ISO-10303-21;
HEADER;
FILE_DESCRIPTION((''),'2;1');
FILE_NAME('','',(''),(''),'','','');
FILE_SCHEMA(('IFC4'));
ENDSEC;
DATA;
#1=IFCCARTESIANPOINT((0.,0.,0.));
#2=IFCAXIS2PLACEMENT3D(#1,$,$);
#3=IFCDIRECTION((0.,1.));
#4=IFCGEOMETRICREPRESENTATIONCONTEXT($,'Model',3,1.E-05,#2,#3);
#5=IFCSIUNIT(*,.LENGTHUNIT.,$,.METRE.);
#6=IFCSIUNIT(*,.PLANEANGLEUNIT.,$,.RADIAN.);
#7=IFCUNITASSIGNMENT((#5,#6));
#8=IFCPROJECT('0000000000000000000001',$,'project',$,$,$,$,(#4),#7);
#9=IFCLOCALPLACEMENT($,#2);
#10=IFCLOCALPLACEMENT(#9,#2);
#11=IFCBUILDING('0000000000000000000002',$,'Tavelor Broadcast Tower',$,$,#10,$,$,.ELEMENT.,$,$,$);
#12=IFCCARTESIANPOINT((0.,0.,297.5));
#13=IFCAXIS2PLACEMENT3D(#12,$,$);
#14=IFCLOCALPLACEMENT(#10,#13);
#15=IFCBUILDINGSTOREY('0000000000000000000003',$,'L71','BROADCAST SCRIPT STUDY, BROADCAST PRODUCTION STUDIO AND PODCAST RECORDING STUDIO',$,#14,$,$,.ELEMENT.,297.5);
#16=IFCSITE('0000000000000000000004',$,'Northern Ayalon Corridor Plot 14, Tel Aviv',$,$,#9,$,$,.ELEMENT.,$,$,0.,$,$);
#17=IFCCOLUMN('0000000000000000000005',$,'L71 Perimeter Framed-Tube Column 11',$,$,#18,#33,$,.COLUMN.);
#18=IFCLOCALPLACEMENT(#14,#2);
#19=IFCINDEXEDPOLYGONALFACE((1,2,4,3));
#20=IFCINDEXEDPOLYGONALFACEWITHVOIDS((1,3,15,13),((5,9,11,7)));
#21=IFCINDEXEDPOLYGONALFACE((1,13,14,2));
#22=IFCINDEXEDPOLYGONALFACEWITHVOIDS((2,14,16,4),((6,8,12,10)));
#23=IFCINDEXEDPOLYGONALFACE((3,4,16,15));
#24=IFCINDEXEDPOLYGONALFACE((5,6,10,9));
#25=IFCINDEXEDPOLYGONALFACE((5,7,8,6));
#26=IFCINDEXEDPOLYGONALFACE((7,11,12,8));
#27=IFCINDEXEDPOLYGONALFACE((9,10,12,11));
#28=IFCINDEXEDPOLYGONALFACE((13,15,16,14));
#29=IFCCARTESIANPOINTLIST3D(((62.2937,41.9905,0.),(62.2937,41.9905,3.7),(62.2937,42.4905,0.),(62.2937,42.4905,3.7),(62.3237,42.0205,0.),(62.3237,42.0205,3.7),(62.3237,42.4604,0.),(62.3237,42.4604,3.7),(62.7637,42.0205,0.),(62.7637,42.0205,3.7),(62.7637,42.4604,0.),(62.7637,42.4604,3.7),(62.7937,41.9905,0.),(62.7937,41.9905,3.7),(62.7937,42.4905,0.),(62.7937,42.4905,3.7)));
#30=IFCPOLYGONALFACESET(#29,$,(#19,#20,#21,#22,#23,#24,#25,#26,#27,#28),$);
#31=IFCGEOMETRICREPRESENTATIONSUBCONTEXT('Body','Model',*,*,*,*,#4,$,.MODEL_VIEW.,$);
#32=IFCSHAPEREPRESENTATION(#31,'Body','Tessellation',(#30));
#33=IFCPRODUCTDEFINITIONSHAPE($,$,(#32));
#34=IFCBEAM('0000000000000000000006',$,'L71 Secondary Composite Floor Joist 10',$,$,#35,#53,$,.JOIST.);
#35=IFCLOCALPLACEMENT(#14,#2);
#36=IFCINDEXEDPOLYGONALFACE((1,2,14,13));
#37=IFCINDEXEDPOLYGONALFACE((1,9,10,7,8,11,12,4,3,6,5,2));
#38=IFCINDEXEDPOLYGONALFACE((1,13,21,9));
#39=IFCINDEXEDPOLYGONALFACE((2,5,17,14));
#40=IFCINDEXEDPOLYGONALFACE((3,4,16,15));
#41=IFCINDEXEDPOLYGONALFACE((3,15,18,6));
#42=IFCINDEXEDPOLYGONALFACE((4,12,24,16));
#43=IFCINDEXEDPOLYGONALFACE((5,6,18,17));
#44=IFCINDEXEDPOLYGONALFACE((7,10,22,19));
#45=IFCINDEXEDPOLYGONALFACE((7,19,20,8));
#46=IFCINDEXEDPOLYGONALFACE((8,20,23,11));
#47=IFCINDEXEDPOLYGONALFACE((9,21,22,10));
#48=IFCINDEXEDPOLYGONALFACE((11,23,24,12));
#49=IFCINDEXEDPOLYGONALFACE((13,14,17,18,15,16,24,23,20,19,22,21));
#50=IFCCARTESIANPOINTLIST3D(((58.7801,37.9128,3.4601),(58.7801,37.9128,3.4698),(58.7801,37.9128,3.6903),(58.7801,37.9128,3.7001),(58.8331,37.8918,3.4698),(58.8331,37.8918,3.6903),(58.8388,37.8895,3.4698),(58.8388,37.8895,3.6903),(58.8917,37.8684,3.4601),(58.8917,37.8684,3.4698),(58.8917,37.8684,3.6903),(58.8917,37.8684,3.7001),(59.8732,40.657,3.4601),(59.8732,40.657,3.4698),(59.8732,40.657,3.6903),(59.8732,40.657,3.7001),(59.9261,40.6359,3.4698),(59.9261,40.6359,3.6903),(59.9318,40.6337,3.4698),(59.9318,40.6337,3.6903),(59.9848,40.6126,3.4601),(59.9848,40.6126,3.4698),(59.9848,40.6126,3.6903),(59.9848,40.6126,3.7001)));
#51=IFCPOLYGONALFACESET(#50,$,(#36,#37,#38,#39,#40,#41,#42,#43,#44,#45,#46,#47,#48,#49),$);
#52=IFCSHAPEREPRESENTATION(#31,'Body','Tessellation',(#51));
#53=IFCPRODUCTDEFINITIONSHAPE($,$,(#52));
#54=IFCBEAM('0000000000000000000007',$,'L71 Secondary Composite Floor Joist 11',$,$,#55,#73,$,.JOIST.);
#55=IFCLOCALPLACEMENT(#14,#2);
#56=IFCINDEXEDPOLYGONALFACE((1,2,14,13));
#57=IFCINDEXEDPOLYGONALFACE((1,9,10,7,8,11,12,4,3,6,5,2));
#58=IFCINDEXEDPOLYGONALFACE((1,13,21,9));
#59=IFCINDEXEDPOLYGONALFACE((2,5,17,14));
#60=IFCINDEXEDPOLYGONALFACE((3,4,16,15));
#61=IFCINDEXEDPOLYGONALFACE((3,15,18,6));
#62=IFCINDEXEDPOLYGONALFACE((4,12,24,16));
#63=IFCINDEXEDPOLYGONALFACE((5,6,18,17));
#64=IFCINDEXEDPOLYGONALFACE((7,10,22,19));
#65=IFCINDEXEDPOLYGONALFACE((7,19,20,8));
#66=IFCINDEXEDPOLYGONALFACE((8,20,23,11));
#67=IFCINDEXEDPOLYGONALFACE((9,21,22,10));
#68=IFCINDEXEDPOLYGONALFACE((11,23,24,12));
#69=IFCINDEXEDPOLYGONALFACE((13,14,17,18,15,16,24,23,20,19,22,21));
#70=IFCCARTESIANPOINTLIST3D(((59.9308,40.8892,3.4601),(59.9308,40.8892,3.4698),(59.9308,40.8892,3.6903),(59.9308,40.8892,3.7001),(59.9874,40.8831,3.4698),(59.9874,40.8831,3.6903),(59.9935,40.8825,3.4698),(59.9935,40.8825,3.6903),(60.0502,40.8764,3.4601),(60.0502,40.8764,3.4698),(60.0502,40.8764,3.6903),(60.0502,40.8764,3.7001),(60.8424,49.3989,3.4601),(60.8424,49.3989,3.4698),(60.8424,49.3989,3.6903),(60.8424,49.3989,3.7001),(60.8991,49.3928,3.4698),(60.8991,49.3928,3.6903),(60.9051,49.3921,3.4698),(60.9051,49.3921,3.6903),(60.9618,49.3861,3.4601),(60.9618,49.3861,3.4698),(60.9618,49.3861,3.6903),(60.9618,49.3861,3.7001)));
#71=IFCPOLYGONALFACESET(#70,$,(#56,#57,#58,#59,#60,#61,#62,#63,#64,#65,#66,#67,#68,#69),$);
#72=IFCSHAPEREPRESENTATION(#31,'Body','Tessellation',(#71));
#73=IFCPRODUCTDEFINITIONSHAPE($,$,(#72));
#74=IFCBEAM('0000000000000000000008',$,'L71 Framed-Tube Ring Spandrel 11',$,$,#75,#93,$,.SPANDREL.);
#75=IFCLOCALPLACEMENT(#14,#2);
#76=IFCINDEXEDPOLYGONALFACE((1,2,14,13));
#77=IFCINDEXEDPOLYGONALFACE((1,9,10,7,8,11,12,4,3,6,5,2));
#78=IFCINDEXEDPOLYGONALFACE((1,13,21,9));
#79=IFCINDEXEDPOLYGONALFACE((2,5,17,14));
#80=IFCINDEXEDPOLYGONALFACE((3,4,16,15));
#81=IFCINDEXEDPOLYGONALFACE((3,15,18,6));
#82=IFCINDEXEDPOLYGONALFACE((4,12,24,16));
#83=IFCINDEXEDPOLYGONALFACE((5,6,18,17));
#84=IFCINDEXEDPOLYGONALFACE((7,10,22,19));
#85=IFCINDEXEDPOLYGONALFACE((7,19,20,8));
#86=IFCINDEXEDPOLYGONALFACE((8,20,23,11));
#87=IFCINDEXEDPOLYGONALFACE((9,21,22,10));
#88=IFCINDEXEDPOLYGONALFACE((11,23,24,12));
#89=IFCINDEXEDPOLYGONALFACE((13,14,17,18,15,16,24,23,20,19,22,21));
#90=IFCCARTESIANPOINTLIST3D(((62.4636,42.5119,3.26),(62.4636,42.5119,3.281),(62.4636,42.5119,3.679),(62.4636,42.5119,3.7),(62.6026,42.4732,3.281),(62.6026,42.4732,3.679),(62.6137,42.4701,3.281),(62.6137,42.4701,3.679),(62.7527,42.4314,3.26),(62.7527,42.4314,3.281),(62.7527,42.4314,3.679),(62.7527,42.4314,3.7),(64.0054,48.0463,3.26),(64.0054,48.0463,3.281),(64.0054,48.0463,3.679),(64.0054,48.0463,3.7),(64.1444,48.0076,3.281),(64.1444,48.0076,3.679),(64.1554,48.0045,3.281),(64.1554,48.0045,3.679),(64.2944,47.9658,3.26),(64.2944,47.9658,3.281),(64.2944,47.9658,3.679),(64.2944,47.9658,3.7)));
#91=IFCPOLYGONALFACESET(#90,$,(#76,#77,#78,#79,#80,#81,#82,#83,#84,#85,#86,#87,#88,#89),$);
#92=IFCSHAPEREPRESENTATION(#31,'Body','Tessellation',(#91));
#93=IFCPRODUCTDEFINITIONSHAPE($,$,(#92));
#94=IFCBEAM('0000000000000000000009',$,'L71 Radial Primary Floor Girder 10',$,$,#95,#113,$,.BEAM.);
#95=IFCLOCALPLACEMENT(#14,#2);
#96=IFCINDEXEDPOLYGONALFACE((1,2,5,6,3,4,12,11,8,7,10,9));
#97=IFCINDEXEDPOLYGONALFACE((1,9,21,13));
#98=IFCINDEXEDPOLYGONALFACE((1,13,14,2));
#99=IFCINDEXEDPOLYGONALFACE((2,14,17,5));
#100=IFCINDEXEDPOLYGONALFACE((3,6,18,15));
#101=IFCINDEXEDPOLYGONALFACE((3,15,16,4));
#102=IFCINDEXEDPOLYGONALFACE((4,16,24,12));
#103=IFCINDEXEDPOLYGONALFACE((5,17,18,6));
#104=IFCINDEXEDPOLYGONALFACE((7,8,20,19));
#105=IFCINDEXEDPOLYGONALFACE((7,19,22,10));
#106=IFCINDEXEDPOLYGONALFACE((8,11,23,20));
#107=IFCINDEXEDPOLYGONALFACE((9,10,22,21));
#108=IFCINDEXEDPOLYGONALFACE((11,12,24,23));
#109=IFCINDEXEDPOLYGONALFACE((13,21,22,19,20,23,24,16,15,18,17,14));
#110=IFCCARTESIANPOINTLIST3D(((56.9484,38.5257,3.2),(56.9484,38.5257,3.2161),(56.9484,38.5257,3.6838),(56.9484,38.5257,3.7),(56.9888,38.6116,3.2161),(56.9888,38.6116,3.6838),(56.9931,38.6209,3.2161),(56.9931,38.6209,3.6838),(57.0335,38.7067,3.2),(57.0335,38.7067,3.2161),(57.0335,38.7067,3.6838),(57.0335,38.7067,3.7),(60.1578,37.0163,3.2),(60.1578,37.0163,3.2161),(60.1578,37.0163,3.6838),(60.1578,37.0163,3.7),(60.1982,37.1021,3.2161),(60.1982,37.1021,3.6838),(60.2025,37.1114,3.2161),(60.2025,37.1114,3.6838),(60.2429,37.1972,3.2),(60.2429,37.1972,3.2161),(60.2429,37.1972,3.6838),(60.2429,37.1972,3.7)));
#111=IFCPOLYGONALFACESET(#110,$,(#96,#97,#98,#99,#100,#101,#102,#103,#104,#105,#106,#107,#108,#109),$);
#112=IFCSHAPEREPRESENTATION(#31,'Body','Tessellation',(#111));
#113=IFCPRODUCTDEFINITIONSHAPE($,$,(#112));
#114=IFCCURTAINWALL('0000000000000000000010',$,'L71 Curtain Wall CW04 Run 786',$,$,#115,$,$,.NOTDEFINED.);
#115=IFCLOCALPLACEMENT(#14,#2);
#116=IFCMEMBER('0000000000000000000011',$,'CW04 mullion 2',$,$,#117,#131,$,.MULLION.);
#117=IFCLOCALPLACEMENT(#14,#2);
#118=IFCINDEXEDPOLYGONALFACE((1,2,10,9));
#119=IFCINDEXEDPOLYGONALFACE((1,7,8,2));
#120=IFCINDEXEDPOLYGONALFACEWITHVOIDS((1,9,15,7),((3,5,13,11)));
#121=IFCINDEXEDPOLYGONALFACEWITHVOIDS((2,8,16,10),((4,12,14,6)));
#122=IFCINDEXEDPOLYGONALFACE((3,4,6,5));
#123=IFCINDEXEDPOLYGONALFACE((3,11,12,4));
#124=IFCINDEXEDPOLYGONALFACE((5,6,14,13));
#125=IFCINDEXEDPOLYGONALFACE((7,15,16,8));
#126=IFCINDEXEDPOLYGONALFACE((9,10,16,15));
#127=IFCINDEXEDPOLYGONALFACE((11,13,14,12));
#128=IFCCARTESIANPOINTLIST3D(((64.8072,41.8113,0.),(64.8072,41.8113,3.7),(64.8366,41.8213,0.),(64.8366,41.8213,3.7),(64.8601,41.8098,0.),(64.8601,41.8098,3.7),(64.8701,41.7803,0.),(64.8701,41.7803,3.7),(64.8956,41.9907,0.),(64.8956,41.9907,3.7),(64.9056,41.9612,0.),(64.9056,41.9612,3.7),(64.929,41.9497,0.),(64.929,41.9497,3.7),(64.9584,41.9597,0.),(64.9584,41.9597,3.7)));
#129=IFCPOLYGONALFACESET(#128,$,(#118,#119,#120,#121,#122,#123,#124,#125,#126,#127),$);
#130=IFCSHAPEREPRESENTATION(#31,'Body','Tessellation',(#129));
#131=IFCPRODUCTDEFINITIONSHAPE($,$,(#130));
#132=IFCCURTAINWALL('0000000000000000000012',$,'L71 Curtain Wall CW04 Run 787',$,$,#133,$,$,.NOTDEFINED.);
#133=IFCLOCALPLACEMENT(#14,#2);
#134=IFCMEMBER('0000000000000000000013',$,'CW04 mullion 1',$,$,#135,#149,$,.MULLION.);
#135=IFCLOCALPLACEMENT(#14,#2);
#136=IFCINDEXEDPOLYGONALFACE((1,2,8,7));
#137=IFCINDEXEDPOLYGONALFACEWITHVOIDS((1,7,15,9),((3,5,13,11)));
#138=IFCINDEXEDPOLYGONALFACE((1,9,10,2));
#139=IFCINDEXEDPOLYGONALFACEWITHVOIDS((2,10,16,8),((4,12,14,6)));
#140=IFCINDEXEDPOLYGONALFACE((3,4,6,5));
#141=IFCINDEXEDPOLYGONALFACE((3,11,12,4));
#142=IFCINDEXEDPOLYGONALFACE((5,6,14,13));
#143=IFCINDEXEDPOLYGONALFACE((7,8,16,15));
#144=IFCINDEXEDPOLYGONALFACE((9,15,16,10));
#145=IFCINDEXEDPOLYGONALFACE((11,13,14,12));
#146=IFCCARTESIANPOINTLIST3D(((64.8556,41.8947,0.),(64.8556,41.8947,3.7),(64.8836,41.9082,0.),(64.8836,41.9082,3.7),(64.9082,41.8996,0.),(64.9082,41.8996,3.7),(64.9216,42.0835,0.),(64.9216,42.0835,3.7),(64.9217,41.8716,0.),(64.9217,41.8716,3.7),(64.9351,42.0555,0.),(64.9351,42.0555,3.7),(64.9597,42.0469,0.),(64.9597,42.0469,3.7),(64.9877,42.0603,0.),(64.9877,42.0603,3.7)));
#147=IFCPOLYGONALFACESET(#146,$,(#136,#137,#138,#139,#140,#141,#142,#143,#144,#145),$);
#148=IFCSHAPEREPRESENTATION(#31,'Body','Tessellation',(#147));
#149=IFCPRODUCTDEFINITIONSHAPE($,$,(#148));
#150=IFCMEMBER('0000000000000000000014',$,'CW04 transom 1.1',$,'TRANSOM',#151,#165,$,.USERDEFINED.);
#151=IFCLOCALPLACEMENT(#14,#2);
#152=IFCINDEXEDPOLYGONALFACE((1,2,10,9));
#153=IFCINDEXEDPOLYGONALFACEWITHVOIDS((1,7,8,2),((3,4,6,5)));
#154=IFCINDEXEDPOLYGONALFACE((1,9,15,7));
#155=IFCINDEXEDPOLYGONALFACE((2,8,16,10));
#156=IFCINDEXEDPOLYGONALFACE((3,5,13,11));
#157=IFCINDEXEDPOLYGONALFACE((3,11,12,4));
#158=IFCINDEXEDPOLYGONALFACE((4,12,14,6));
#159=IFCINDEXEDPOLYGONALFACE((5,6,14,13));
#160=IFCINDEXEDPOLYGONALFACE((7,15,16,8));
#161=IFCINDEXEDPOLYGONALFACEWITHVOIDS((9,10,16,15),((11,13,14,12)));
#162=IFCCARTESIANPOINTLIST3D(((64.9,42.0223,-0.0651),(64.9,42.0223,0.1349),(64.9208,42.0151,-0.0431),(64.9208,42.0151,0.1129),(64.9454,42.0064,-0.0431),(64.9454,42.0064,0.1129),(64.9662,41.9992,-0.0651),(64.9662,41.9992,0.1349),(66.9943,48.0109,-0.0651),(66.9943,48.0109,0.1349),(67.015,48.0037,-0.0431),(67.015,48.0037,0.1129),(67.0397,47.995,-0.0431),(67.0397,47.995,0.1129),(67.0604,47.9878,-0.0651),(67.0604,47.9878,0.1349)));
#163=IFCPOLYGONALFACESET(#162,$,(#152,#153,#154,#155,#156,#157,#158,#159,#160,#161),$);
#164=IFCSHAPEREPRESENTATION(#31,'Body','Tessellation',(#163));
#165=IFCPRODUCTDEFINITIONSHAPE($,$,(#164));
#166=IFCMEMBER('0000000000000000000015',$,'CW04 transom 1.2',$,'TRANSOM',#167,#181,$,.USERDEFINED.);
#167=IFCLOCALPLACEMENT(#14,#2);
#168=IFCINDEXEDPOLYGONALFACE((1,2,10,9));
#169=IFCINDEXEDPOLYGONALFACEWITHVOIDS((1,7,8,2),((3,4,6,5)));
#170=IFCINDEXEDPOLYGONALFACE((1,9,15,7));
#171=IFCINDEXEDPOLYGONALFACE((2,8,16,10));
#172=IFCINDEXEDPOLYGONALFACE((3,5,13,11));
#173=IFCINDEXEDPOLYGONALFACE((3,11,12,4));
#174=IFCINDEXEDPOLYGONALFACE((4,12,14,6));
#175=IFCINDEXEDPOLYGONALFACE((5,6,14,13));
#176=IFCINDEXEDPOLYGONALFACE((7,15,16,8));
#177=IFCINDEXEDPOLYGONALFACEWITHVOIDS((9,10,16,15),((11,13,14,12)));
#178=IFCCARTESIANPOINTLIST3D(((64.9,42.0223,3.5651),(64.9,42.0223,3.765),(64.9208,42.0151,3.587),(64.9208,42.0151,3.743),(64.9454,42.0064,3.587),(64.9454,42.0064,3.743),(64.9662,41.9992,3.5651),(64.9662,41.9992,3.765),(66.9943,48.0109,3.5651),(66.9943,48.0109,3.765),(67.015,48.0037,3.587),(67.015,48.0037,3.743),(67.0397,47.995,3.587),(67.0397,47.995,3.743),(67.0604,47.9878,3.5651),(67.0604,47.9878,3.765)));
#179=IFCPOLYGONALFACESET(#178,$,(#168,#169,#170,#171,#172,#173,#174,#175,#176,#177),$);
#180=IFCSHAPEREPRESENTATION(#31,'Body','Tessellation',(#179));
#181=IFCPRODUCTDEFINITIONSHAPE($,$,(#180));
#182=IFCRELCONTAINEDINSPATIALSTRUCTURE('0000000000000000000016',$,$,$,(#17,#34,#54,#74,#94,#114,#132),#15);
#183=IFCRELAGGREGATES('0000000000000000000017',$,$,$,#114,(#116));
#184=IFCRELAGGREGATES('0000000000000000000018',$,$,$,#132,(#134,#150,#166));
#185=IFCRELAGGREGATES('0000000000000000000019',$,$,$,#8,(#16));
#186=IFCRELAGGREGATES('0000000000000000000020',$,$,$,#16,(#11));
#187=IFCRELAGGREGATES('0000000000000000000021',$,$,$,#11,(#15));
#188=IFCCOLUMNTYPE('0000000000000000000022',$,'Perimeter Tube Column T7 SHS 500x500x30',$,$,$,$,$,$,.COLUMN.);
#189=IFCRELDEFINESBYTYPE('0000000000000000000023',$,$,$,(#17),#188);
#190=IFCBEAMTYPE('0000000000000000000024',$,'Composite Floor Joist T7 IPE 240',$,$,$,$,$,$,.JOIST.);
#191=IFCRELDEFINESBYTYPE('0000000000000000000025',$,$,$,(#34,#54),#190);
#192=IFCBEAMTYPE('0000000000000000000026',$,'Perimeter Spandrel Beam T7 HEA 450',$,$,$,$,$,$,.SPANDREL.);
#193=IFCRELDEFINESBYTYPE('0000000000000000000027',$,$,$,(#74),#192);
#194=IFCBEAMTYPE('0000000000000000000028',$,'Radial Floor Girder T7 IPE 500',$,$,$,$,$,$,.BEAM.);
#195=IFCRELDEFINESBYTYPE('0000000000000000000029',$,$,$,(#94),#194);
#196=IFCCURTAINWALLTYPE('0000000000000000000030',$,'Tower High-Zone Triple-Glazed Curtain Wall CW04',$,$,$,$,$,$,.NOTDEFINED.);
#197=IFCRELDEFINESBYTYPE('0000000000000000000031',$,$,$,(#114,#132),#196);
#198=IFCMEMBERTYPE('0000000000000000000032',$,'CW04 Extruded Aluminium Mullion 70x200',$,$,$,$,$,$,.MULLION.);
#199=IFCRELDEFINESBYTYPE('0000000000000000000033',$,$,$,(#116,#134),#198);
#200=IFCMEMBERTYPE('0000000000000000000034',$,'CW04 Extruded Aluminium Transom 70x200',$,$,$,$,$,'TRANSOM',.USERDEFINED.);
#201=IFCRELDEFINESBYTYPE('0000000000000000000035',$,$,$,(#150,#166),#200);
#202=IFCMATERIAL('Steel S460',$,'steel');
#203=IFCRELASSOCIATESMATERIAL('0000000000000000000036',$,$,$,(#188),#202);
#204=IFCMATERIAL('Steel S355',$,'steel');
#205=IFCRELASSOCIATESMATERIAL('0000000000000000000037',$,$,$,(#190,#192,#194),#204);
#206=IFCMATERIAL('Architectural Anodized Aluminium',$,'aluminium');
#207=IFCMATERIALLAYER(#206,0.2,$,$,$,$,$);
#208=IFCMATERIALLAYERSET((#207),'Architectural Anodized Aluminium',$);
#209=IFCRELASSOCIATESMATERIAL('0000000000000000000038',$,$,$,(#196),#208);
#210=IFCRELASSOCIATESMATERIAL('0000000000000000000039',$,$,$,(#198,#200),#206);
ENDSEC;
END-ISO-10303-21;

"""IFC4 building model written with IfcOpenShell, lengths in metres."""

from ifc_helpers import new_model, si_unit, direction, frame, origin, origin_2d, place, context, subcontext, project, spatial, hollow_rectangle, i_section, extrude, source, transform, mapped, material, layer, layer_set, material_profile, profile_set, type_object, type_shapes, element, aggregate, save


model = new_model("IFC4")

# Units and contexts
model_context = context("Model", 3, precision=1e-05, world=origin(), true_north=direction((0.0, 1.0)))
body_context = subcontext(model_context, "Body", "Model", "MODEL_VIEW")
ifc_project = project(units=[si_unit("LENGTHUNIT", "METRE"), si_unit("PLANEANGLEUNIT", "RADIAN")], contexts=[model_context])

# Site, building, storey
site_placement = place(None, origin())
site = spatial("IfcSite", under=ifc_project, at=site_placement, Name="Northern Ayalon Corridor Plot 14, Tel Aviv", CompositionType="ELEMENT", RefElevation=0.0)
building_placement = place(site_placement, origin())
building = spatial("IfcBuilding", under=site, at=building_placement, Name="Tavelor Broadcast Tower", CompositionType="ELEMENT")
storey_placement = place(building_placement, frame((0.0, 0.0, 297.5)))
storey = spatial("IfcBuildingStorey", under=building, at=storey_placement, Name="L71", Description="BROADCAST SCRIPT STUDY, BROADCAST PRODUCTION STUDIO AND PODCAST RECORDING STUDIO", CompositionType="ELEMENT", Elevation=297.5)

# Column
ifc_material_1 = material(Name="Steel S460", Category="steel")
ifc_material_profile_1 = material_profile(ifc_material_1, hollow_rectangle(XDim=0.5, YDim=0.5, WallThickness=0.03, at=origin_2d()), Name="SHS 500x500x30")
ifc_profile_set_1 = profile_set([ifc_material_profile_1], Name="Steel S460")
column_type = type_object("IfcColumnType", Name="Perimeter Tube Column T7 SHS 500x500x30", PredefinedType="COLUMN", material=ifc_profile_set_1)
column_placement = place(storey_placement, frame((62.5437, 42.2405, 0.0), z_axis=(0.0, 0.0, 1.0), x_axis=(1.0, 0.0, 0.0)))
element("IfcColumn", 1, at=column_placement, inside=storey, type_object=column_type, Name="L71 Perimeter Framed-Tube Column 11", PredefinedType="COLUMN", context=body_context, shape_type="SweptSolid", body=[
    extrude(hollow_rectangle(XDim=0.5, YDim=0.5, WallThickness=0.03, at=origin_2d()), origin(), (0.0, 0.0, 1.0), 3.7),
])

# Beams
ifc_material_2 = material(Name="Steel S355", Category="steel")
ifc_material_profile_2 = material_profile(ifc_material_2, i_section(OverallWidth=0.1201, OverallDepth=0.24, WebThickness=0.0061, FlangeThickness=0.0098, at=origin_2d()), Name="IPE 240")
ifc_profile_set_2 = profile_set([ifc_material_profile_2], Name="Steel S355")
beam_type_1 = type_object("IfcBeamType", Name="Composite Floor Joist T7 IPE 240", PredefinedType="JOIST", material=ifc_profile_set_2)
beam_1_placement = place(storey_placement, frame((58.8359, 37.8906, 3.5801), z_axis=(0.370036, 0.929017, 0.0), x_axis=(-0.929017, 0.370036, 0.0)))
element("IfcBeam", 2, at=beam_1_placement, inside=storey, type_object=beam_type_1, Name="L71 Secondary Composite Floor Joist 10", PredefinedType="JOIST", context=body_context, shape_type="SweptSolid", body=[
    extrude(i_section(OverallWidth=0.1201, OverallDepth=0.24, WebThickness=0.0061, FlangeThickness=0.0098, at=origin_2d()), origin(), (0.0, 0.0, 1.0), 2.9539),
])
beam_2_placement = place(storey_placement, frame((59.9905, 40.8828, 3.5801), z_axis=(0.106517, 0.994311, 0.0), x_axis=(-0.994311, 0.106517, 0.0)))
element("IfcBeam", 3, at=beam_2_placement, inside=storey, type_object=beam_type_1, Name="L71 Secondary Composite Floor Joist 11", PredefinedType="JOIST", context=body_context, shape_type="SweptSolid", body=[
    extrude(i_section(OverallWidth=0.1201, OverallDepth=0.24, WebThickness=0.0061, FlangeThickness=0.0098, at=origin_2d()), origin(), (0.0, 0.0, 1.0), 8.5583),
])
ifc_material_profile_3 = material_profile(ifc_material_2, i_section(OverallWidth=0.3, OverallDepth=0.4399, WebThickness=0.0115, FlangeThickness=0.021, at=origin_2d()), Name="HEA 450")
ifc_profile_set_3 = profile_set([ifc_material_profile_3], Name="Steel S355")
beam_type_2 = type_object("IfcBeamType", Name="Perimeter Spandrel Beam T7 HEA 450", PredefinedType="SPANDREL", material=ifc_profile_set_3)
beam_3_placement = place(storey_placement, frame((62.6082, 42.4717, 3.48), z_axis=(0.268356, 0.96332, 0.0), x_axis=(-0.96332, 0.268356, 0.0)))
element("IfcBeam", 4, at=beam_3_placement, inside=storey, type_object=beam_type_2, Name="L71 Framed-Tube Ring Spandrel 11", PredefinedType="SPANDREL", context=body_context, shape_type="SweptSolid", body=[
    extrude(i_section(OverallWidth=0.3, OverallDepth=0.4399, WebThickness=0.0115, FlangeThickness=0.021, at=origin_2d()), origin(), (0.0, 0.0, 1.0), 5.7451),
])
ifc_material_profile_4 = material_profile(ifc_material_2, i_section(OverallWidth=0.2, OverallDepth=0.5, WebThickness=0.0103, FlangeThickness=0.0161, at=origin_2d()), Name="IPE 500")
ifc_profile_set_4 = profile_set([ifc_material_profile_4], Name="Steel S355")
beam_type_3 = type_object("IfcBeamType", Name="Radial Floor Girder T7 IPE 500", PredefinedType="BEAM", material=ifc_profile_set_4)
beam_4_placement = place(storey_placement, frame((56.991, 38.6162, 3.45), z_axis=(0.904908, -0.425608, 0.0), x_axis=(0.425608, 0.904908, 0.0)))
element("IfcBeam", 5, at=beam_4_placement, inside=storey, type_object=beam_type_3, Name="L71 Radial Primary Floor Girder 10", PredefinedType="BEAM", context=body_context, shape_type="SweptSolid", body=[
    extrude(i_section(OverallWidth=0.2, OverallDepth=0.5, WebThickness=0.0103, FlangeThickness=0.0161, at=origin_2d()), origin(), (0.0, 0.0, 1.0), 3.5466),
])

# Curtain wall, member
ifc_material_3 = material(Name="Architectural Anodized Aluminium", Category="aluminium")
ifc_layer_1 = layer(ifc_material_3, 0.2)
ifc_layer_set_1 = layer_set([ifc_layer_1], Name="Architectural Anodized Aluminium")
curtain_wall_type = type_object("IfcCurtainWallType", Name="Tower High-Zone Triple-Glazed Curtain Wall CW04", PredefinedType="NOTDEFINED", material=ifc_layer_set_1)
curtain_wall_1_placement = place(storey_placement, origin())
curtain_wall_1 = element("IfcCurtainWall", 6, at=curtain_wall_1_placement, inside=storey, type_object=curtain_wall_type, Name="L71 Curtain Wall CW04 Run 786", PredefinedType="NOTDEFINED")
ifc_material_profile_5 = material_profile(ifc_material_3, hollow_rectangle(XDim=0.0701, YDim=0.2, WallThickness=0.022, at=origin_2d()), Name="RHS 70x200x22")
ifc_profile_set_5 = profile_set([ifc_material_profile_5], Name="Architectural Anodized Aluminium")
member_type_1 = type_object("IfcMemberType", Name="CW04 Extruded Aluminium Mullion 70x200", PredefinedType="MULLION", material=ifc_profile_set_5)
shared_shape_1 = source(origin(), body_context, "Body", "SweptSolid", [
    extrude(hollow_rectangle(XDim=0.0701, YDim=0.2, WallThickness=0.022, at=origin_2d()), origin(), (0.0, 0.0, 1.0), 3.7),
])
type_shapes(member_type_1, [shared_shape_1])
member_1_placement = place(storey_placement, frame((64.8828, 41.8855, 0.0), z_axis=(0.0, 0.0, 1.0), x_axis=(-0.89707, 0.441888, 0.0)))
member_1 = element("IfcMember", 7, at=member_1_placement, type_object=member_type_1, Name="CW04 mullion 2", PredefinedType="MULLION", context=body_context, shape_type="MappedRepresentation", body=[
    mapped(shared_shape_1, transform((0.0, 0.0, 0.0), scale=1.0)),
])

# Curtain wall, members
curtain_wall_2_placement = place(storey_placement, origin())
curtain_wall_2 = element("IfcCurtainWall", 8, at=curtain_wall_2_placement, inside=storey, type_object=curtain_wall_type, Name="L71 Curtain Wall CW04 Run 787", PredefinedType="NOTDEFINED")
member_2_placement = place(storey_placement, frame((64.9216, 41.9775, 0.0), z_axis=(0.0, 0.0, 1.0), x_axis=(-0.943947, 0.330097, 0.0)))
member_2 = element("IfcMember", 9, at=member_2_placement, type_object=member_type_1, Name="CW04 mullion 1", PredefinedType="MULLION", context=body_context, shape_type="MappedRepresentation", body=[
    mapped(shared_shape_1, transform((0.0, 0.0, 0.0), scale=1.0)),
])
ifc_material_profile_6 = material_profile(ifc_material_3, hollow_rectangle(XDim=0.0701, YDim=0.2, WallThickness=0.022, at=origin_2d()), Name="RHS 70x200x22")
ifc_profile_set_6 = profile_set([ifc_material_profile_6], Name="Architectural Anodized Aluminium")
member_type_2 = type_object("IfcMemberType", Name="CW04 Extruded Aluminium Transom 70x200", ElementType="TRANSOM", PredefinedType="USERDEFINED", material=ifc_profile_set_6)
shared_shape_2 = source(origin(), body_context, "Body", "SweptSolid", [
    extrude(hollow_rectangle(XDim=0.0701, YDim=0.2, WallThickness=0.022, at=origin_2d()), origin(), (0.0, 0.0, 1.0), 6.3442),
])
type_shapes(member_type_2, [shared_shape_2])
member_3_placement = place(storey_placement, frame((64.9331, 42.0107, 0.0349), z_axis=(0.330105, 0.943944, 0.0), x_axis=(-0.943944, 0.330105, 0.0)))
member_3 = element("IfcMember", 10, at=member_3_placement, type_object=member_type_2, Name="CW04 transom 1.1", ObjectType="TRANSOM", PredefinedType="USERDEFINED", context=body_context, shape_type="MappedRepresentation", body=[
    mapped(shared_shape_2, transform((0.0, 0.0, 0.0), scale=1.0)),
])
member_4_placement = place(storey_placement, frame((64.9331, 42.0107, 3.665), z_axis=(0.330105, 0.943944, 0.0), x_axis=(-0.943944, 0.330105, 0.0)))
member_4 = element("IfcMember", 11, at=member_4_placement, type_object=member_type_2, Name="CW04 transom 1.2", ObjectType="TRANSOM", PredefinedType="USERDEFINED", context=body_context, shape_type="MappedRepresentation", body=[
    mapped(shared_shape_2, transform((0.0, 0.0, 0.0), scale=1.0)),
])

aggregate(curtain_wall_1, [member_1])
aggregate(curtain_wall_2, [member_2, member_3, member_4])

save(model, "model.ifc")
